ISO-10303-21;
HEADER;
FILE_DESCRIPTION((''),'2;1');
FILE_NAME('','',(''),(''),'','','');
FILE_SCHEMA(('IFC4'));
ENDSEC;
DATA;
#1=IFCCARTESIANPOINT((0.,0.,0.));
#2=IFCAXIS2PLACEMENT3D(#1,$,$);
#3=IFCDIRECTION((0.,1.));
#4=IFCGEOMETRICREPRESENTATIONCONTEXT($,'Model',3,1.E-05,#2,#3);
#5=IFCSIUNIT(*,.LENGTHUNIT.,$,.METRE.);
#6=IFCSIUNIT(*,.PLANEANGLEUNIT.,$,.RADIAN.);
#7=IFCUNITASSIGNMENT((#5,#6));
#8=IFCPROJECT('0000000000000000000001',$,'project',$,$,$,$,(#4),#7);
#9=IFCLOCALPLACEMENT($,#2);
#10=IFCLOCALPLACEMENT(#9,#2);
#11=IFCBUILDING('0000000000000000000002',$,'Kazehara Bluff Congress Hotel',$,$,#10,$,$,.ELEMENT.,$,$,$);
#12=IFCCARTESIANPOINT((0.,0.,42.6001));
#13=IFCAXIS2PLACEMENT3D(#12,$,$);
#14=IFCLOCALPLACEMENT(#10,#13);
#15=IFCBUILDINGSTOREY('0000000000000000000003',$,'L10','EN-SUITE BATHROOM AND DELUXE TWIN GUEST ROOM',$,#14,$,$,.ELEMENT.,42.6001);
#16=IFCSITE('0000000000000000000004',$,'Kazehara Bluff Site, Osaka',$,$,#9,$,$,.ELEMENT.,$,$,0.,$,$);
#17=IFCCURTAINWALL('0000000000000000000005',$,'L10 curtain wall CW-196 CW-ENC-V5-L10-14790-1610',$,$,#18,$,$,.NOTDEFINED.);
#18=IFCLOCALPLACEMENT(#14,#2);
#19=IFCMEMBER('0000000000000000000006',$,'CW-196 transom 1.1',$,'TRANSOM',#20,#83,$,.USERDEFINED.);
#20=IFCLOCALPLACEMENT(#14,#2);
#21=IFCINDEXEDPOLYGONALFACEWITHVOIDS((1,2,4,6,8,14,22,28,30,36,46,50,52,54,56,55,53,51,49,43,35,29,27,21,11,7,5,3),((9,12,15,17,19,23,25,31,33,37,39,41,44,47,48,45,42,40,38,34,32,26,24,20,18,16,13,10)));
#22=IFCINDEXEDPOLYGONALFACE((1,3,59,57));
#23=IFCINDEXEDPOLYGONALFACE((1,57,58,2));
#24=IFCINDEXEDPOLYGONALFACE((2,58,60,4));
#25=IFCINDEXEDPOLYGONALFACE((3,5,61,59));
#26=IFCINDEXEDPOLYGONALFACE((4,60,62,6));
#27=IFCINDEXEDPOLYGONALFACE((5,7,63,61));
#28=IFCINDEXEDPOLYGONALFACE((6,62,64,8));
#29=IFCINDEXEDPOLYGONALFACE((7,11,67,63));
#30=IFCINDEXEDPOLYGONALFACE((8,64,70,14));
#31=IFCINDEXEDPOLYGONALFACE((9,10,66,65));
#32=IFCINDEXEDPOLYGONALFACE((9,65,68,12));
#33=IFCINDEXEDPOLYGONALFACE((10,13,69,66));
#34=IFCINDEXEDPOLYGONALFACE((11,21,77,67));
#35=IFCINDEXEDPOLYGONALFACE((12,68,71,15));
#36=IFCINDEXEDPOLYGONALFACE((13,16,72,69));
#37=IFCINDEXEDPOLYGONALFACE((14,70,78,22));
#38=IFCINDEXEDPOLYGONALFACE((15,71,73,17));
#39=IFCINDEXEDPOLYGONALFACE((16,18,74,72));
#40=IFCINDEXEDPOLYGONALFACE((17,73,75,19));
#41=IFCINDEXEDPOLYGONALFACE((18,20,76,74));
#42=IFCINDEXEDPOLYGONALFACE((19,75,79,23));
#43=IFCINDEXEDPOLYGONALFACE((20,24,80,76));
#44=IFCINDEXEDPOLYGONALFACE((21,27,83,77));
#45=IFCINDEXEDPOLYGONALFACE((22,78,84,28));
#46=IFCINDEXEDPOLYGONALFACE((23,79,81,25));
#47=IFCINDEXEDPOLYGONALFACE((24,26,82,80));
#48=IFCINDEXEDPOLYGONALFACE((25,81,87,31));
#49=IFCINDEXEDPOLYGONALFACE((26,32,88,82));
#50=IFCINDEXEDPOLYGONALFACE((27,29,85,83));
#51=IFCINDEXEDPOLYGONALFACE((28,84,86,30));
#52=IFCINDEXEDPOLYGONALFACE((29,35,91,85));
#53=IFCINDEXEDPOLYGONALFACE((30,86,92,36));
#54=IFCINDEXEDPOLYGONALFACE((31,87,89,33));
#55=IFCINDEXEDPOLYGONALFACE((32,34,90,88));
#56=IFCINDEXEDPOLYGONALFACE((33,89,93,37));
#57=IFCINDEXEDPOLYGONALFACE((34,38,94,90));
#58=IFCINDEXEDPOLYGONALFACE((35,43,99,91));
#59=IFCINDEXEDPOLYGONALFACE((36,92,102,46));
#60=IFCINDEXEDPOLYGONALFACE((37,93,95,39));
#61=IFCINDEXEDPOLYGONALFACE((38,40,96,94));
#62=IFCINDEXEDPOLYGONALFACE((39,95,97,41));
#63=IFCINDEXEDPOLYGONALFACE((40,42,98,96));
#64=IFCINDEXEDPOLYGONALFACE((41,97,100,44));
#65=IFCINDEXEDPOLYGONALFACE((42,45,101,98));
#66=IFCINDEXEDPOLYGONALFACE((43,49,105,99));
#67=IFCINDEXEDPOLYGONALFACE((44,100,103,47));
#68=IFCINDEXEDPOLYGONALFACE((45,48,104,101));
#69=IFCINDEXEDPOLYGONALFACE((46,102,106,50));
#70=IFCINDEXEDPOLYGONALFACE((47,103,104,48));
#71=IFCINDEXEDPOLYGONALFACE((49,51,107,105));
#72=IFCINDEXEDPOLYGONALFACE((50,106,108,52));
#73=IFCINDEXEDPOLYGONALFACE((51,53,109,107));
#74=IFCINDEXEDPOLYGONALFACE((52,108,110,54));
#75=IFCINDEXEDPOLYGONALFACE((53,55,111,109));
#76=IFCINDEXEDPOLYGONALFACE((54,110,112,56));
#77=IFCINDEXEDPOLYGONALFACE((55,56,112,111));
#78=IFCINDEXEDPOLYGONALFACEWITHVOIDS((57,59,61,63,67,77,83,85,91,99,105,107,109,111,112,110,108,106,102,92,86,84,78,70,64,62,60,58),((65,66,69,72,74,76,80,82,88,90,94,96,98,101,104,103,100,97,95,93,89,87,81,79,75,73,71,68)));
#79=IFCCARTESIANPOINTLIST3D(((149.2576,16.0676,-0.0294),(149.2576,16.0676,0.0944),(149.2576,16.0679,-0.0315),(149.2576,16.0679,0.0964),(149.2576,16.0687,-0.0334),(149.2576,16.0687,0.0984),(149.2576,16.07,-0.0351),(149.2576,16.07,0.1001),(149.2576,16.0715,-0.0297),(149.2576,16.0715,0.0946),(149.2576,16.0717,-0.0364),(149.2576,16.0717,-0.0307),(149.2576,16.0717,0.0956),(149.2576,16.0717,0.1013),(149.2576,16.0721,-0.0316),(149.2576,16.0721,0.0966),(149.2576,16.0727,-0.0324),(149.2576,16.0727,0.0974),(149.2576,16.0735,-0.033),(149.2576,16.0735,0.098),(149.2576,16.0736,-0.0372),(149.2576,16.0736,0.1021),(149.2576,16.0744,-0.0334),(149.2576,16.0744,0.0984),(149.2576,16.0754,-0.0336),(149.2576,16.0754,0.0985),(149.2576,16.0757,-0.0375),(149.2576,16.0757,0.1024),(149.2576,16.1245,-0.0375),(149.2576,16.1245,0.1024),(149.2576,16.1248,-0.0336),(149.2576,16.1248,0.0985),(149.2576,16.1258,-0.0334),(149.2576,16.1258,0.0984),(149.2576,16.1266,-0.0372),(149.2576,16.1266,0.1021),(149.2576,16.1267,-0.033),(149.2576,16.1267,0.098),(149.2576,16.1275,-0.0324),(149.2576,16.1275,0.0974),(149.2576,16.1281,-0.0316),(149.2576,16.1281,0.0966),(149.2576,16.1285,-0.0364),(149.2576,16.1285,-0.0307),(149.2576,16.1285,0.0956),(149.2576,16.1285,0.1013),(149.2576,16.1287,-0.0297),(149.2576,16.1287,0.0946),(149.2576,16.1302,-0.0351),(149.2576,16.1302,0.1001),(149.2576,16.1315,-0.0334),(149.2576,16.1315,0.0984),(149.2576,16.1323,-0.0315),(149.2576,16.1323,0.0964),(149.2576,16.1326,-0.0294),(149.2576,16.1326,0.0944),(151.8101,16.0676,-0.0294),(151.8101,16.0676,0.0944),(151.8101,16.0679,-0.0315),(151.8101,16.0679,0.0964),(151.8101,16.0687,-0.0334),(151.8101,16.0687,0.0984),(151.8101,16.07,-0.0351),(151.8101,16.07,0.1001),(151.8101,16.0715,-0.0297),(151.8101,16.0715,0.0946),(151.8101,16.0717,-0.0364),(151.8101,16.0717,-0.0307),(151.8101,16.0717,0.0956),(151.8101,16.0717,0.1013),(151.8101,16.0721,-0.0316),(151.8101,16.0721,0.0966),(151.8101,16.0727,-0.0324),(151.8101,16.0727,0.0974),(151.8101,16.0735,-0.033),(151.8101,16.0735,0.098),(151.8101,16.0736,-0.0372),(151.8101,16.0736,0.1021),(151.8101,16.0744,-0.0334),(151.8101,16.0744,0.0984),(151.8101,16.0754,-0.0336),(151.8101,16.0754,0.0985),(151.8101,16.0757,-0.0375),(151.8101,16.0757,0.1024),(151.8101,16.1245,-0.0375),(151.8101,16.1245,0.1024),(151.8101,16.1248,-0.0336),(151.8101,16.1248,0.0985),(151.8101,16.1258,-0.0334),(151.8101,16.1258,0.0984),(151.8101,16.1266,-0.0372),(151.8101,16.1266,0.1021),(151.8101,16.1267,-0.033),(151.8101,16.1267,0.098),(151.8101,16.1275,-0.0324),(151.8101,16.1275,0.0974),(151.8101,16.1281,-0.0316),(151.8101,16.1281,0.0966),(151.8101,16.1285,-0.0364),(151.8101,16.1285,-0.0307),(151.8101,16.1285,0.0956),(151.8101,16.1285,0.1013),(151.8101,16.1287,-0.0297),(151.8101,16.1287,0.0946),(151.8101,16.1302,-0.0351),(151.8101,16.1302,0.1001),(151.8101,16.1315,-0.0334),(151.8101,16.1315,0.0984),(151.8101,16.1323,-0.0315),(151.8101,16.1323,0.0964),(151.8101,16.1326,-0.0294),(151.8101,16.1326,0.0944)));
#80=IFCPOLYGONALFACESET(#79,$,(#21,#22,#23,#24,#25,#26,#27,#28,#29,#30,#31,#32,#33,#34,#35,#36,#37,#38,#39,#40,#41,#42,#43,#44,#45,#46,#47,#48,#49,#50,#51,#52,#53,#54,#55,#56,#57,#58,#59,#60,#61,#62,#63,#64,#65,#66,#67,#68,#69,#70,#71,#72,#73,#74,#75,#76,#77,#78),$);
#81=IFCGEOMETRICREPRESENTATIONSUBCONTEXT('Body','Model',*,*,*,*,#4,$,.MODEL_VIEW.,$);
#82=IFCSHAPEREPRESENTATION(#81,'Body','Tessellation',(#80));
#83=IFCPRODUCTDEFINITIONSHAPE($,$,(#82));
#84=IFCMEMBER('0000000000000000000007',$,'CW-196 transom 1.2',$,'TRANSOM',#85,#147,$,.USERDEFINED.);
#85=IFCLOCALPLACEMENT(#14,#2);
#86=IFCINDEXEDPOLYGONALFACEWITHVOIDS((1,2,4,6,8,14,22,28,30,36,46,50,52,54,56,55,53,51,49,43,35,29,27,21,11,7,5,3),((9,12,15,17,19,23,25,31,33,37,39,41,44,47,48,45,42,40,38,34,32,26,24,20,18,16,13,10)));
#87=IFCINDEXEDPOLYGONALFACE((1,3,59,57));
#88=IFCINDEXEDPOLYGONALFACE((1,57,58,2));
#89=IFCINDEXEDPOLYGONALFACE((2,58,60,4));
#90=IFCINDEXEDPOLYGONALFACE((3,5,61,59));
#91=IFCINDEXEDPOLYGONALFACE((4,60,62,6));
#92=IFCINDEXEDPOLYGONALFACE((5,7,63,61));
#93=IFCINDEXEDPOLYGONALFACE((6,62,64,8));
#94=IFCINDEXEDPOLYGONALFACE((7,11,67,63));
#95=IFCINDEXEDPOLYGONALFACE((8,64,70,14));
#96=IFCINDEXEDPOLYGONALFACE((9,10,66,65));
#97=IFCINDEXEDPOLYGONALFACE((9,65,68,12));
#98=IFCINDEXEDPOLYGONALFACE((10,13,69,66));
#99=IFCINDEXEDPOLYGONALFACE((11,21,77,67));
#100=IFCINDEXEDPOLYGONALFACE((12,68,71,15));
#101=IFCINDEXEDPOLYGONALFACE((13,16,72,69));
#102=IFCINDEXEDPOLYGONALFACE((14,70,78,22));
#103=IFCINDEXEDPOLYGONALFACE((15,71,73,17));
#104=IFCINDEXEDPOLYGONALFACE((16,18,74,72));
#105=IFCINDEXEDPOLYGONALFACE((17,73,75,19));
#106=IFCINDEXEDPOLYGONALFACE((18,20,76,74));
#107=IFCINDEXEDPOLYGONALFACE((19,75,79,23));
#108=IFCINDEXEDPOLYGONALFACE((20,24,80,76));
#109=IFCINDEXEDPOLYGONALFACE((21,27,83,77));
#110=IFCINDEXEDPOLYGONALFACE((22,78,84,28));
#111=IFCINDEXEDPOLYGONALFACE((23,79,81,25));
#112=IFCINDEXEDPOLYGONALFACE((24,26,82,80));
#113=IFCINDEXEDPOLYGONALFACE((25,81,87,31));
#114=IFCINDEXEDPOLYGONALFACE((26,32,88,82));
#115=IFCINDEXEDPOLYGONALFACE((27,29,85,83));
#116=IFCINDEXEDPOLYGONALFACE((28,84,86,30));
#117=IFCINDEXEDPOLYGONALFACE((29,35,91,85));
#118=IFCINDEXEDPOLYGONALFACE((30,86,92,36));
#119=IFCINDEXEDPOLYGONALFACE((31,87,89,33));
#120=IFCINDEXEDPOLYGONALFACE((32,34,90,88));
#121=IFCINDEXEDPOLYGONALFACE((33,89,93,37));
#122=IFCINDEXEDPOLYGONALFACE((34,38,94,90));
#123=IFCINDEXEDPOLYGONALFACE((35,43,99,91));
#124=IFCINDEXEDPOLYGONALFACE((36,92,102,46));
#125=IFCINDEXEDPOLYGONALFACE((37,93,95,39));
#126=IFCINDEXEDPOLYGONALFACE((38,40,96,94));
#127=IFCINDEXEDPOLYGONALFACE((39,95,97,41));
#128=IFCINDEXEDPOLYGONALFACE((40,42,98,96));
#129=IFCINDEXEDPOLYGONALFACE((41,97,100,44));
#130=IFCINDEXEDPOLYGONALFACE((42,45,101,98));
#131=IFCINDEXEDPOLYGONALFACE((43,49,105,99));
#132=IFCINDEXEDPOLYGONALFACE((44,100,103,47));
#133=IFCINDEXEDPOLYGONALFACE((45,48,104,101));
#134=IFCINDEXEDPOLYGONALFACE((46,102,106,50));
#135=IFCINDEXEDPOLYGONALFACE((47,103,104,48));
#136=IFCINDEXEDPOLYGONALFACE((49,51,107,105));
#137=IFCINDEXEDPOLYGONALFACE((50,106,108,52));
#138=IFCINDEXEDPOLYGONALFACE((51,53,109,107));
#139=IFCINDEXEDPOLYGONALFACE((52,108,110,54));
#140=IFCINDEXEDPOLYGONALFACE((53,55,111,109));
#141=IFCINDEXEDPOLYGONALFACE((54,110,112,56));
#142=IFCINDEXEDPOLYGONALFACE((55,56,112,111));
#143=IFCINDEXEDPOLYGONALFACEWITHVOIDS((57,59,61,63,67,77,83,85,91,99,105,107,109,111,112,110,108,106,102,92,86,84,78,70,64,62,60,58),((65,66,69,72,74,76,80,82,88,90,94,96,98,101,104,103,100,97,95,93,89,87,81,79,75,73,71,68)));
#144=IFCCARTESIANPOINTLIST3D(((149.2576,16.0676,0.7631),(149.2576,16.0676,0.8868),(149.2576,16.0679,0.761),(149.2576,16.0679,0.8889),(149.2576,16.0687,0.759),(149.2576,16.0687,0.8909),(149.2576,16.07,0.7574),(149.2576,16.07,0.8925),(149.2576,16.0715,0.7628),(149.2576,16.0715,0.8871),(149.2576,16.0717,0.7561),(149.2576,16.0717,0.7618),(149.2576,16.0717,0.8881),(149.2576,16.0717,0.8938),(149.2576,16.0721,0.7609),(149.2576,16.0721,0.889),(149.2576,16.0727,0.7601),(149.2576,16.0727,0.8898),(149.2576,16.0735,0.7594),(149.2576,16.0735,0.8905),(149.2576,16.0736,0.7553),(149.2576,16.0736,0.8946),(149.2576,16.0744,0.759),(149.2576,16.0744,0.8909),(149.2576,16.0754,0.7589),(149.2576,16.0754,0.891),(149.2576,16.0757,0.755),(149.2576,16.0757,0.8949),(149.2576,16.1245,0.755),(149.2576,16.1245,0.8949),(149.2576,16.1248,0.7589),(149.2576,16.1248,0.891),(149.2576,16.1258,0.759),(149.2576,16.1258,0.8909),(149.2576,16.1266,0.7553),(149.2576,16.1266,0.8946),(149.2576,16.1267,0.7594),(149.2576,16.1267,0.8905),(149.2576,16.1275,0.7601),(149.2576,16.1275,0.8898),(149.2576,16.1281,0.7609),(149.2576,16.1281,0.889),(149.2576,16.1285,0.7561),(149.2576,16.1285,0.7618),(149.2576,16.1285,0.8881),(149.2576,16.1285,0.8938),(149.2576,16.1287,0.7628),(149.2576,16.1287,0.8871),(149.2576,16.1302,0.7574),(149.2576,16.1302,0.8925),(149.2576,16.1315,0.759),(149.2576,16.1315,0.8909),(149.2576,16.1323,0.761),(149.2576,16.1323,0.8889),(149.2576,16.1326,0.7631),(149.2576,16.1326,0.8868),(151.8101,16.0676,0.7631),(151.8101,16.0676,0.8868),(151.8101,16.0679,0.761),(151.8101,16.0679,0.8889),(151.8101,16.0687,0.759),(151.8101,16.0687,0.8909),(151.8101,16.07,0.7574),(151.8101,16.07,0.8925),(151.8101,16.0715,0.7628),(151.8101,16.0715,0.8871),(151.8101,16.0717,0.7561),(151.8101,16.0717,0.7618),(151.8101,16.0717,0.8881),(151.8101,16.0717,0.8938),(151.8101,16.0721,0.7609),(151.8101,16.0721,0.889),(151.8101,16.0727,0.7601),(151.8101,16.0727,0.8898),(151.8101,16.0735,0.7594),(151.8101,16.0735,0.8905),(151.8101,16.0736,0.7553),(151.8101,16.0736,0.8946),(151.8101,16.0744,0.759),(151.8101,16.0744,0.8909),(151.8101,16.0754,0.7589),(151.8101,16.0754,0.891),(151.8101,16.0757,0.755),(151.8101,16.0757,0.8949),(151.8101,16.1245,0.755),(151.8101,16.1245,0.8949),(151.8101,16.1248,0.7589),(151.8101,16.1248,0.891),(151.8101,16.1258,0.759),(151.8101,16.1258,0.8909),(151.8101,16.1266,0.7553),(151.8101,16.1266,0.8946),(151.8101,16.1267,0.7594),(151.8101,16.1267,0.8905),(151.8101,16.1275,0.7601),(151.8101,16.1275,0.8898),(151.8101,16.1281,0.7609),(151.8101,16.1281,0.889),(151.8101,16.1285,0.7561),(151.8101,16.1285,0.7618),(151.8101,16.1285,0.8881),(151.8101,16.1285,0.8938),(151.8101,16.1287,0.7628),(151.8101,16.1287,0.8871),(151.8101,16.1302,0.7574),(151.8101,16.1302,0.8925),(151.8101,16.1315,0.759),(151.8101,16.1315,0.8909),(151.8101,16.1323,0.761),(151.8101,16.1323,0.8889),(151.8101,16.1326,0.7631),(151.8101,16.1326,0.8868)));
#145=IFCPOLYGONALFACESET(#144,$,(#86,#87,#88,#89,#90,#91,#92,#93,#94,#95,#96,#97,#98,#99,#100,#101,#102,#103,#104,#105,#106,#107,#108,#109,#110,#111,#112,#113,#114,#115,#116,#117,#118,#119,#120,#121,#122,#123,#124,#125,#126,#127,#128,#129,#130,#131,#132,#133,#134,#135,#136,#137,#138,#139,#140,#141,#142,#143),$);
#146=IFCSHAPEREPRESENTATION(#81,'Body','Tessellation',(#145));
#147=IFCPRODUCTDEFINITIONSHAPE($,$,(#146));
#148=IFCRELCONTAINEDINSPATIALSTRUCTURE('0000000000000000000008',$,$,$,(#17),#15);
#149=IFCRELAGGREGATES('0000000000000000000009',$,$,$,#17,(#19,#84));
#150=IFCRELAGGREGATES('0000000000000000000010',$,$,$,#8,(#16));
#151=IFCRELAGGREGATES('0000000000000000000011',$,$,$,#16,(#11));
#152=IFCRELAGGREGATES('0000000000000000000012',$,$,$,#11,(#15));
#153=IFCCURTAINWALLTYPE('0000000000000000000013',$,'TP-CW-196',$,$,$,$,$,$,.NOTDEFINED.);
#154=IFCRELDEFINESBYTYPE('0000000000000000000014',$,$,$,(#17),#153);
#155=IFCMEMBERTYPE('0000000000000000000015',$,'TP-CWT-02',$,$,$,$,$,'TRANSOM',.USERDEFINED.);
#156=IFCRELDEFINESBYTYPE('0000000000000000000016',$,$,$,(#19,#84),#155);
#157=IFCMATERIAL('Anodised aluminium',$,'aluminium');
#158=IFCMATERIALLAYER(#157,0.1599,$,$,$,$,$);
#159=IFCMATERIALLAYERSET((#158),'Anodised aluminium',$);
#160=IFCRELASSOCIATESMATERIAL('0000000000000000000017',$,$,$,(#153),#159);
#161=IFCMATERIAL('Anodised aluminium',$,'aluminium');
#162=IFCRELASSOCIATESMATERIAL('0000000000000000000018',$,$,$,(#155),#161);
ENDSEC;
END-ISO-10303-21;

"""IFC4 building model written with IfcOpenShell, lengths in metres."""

from ifc_helpers import new_model, si_unit, direction, frame, origin, origin_2d, place, context, subcontext, project, spatial, hollow_rectangle, extrude, material, layer, layer_set, material_profile, profile_set, type_object, element, aggregate, save


model = new_model("IFC4")

# Units and contexts
model_context = context("Model", 3, precision=1e-05, world=origin(), true_north=direction((0.0, 1.0)))
body_context = subcontext(model_context, "Body", "Model", "MODEL_VIEW")
ifc_project = project(units=[si_unit("LENGTHUNIT", "METRE"), si_unit("PLANEANGLEUNIT", "RADIAN")], contexts=[model_context])

# Site, building, storey
site_placement = place(None, origin())
site = spatial("IfcSite", under=ifc_project, at=site_placement, Name="Kazehara Bluff Site, Osaka", CompositionType="ELEMENT", RefElevation=0.0)
building_placement = place(site_placement, origin())
building = spatial("IfcBuilding", under=site, at=building_placement, Name="Kazehara Bluff Congress Hotel", CompositionType="ELEMENT")
storey_placement = place(building_placement, frame((0.0, 0.0, 42.6001)))
storey = spatial("IfcBuildingStorey", under=building, at=storey_placement, Name="L10", Description="EN-SUITE BATHROOM AND DELUXE TWIN GUEST ROOM", CompositionType="ELEMENT", Elevation=42.6001)

# Curtain wall, members
ifc_material_1 = material(Name="Anodised aluminium", Category="aluminium")
ifc_layer_1 = layer(ifc_material_1, 0.1599)
ifc_layer_set_1 = layer_set([ifc_layer_1], Name="Anodised aluminium")
curtain_wall_type = type_object("IfcCurtainWallType", Name="TP-CW-196", PredefinedType="NOTDEFINED", material=ifc_layer_set_1)
curtain_wall_placement = place(storey_placement, origin())
curtain_wall = element("IfcCurtainWall", 1, at=curtain_wall_placement, inside=storey, type_object=curtain_wall_type, Name="L10 curtain wall CW-196 CW-ENC-V5-L10-14790-1610", PredefinedType="NOTDEFINED")
ifc_material_2 = material(Name="Anodised aluminium", Category="aluminium")
ifc_material_profile_1 = material_profile(ifc_material_2, hollow_rectangle(XDim=0.0649, YDim=0.1399, WallThickness=0.0039, InnerFilletRadius=0.0039, OuterFilletRadius=0.0081, at=origin_2d()))
ifc_profile_set_1 = profile_set([ifc_material_profile_1], Name="Anodised aluminium")
member_type_1 = type_object("IfcMemberType", Name="TP-CWT-02", ElementType="TRANSOM", PredefinedType="USERDEFINED", material=ifc_profile_set_1)
member_1_placement = place(storey_placement, frame((151.8101, 16.1001, 0.0325), z_axis=(-1.0, 0.0, 0.0), x_axis=(0.0, -1.0, 0.0)))
member_1 = element("IfcMember", 2, at=member_1_placement, type_object=member_type_1, Name="CW-196 transom 1.1", ObjectType="TRANSOM", PredefinedType="USERDEFINED", context=body_context, shape_type="SweptSolid", body=[
    extrude(hollow_rectangle(XDim=0.0649, YDim=0.1399, WallThickness=0.0039, InnerFilletRadius=0.0039, OuterFilletRadius=0.0081, at=origin_2d()), origin(), (0.0, 0.0, 1.0), 2.5525),
])
member_2_placement = place(storey_placement, frame((151.8101, 16.1001, 0.825), z_axis=(-1.0, 0.0, 0.0), x_axis=(0.0, -1.0, 0.0)))
member_2 = element("IfcMember", 3, at=member_2_placement, type_object=member_type_1, Name="CW-196 transom 1.2", ObjectType="TRANSOM", PredefinedType="USERDEFINED", context=body_context, shape_type="SweptSolid", body=[
    extrude(hollow_rectangle(XDim=0.0649, YDim=0.1399, WallThickness=0.0039, InnerFilletRadius=0.0039, OuterFilletRadius=0.0081, at=origin_2d()), origin(), (0.0, 0.0, 1.0), 2.5525),
])

aggregate(curtain_wall, [member_1, member_2])

save(model, "model.ifc")
